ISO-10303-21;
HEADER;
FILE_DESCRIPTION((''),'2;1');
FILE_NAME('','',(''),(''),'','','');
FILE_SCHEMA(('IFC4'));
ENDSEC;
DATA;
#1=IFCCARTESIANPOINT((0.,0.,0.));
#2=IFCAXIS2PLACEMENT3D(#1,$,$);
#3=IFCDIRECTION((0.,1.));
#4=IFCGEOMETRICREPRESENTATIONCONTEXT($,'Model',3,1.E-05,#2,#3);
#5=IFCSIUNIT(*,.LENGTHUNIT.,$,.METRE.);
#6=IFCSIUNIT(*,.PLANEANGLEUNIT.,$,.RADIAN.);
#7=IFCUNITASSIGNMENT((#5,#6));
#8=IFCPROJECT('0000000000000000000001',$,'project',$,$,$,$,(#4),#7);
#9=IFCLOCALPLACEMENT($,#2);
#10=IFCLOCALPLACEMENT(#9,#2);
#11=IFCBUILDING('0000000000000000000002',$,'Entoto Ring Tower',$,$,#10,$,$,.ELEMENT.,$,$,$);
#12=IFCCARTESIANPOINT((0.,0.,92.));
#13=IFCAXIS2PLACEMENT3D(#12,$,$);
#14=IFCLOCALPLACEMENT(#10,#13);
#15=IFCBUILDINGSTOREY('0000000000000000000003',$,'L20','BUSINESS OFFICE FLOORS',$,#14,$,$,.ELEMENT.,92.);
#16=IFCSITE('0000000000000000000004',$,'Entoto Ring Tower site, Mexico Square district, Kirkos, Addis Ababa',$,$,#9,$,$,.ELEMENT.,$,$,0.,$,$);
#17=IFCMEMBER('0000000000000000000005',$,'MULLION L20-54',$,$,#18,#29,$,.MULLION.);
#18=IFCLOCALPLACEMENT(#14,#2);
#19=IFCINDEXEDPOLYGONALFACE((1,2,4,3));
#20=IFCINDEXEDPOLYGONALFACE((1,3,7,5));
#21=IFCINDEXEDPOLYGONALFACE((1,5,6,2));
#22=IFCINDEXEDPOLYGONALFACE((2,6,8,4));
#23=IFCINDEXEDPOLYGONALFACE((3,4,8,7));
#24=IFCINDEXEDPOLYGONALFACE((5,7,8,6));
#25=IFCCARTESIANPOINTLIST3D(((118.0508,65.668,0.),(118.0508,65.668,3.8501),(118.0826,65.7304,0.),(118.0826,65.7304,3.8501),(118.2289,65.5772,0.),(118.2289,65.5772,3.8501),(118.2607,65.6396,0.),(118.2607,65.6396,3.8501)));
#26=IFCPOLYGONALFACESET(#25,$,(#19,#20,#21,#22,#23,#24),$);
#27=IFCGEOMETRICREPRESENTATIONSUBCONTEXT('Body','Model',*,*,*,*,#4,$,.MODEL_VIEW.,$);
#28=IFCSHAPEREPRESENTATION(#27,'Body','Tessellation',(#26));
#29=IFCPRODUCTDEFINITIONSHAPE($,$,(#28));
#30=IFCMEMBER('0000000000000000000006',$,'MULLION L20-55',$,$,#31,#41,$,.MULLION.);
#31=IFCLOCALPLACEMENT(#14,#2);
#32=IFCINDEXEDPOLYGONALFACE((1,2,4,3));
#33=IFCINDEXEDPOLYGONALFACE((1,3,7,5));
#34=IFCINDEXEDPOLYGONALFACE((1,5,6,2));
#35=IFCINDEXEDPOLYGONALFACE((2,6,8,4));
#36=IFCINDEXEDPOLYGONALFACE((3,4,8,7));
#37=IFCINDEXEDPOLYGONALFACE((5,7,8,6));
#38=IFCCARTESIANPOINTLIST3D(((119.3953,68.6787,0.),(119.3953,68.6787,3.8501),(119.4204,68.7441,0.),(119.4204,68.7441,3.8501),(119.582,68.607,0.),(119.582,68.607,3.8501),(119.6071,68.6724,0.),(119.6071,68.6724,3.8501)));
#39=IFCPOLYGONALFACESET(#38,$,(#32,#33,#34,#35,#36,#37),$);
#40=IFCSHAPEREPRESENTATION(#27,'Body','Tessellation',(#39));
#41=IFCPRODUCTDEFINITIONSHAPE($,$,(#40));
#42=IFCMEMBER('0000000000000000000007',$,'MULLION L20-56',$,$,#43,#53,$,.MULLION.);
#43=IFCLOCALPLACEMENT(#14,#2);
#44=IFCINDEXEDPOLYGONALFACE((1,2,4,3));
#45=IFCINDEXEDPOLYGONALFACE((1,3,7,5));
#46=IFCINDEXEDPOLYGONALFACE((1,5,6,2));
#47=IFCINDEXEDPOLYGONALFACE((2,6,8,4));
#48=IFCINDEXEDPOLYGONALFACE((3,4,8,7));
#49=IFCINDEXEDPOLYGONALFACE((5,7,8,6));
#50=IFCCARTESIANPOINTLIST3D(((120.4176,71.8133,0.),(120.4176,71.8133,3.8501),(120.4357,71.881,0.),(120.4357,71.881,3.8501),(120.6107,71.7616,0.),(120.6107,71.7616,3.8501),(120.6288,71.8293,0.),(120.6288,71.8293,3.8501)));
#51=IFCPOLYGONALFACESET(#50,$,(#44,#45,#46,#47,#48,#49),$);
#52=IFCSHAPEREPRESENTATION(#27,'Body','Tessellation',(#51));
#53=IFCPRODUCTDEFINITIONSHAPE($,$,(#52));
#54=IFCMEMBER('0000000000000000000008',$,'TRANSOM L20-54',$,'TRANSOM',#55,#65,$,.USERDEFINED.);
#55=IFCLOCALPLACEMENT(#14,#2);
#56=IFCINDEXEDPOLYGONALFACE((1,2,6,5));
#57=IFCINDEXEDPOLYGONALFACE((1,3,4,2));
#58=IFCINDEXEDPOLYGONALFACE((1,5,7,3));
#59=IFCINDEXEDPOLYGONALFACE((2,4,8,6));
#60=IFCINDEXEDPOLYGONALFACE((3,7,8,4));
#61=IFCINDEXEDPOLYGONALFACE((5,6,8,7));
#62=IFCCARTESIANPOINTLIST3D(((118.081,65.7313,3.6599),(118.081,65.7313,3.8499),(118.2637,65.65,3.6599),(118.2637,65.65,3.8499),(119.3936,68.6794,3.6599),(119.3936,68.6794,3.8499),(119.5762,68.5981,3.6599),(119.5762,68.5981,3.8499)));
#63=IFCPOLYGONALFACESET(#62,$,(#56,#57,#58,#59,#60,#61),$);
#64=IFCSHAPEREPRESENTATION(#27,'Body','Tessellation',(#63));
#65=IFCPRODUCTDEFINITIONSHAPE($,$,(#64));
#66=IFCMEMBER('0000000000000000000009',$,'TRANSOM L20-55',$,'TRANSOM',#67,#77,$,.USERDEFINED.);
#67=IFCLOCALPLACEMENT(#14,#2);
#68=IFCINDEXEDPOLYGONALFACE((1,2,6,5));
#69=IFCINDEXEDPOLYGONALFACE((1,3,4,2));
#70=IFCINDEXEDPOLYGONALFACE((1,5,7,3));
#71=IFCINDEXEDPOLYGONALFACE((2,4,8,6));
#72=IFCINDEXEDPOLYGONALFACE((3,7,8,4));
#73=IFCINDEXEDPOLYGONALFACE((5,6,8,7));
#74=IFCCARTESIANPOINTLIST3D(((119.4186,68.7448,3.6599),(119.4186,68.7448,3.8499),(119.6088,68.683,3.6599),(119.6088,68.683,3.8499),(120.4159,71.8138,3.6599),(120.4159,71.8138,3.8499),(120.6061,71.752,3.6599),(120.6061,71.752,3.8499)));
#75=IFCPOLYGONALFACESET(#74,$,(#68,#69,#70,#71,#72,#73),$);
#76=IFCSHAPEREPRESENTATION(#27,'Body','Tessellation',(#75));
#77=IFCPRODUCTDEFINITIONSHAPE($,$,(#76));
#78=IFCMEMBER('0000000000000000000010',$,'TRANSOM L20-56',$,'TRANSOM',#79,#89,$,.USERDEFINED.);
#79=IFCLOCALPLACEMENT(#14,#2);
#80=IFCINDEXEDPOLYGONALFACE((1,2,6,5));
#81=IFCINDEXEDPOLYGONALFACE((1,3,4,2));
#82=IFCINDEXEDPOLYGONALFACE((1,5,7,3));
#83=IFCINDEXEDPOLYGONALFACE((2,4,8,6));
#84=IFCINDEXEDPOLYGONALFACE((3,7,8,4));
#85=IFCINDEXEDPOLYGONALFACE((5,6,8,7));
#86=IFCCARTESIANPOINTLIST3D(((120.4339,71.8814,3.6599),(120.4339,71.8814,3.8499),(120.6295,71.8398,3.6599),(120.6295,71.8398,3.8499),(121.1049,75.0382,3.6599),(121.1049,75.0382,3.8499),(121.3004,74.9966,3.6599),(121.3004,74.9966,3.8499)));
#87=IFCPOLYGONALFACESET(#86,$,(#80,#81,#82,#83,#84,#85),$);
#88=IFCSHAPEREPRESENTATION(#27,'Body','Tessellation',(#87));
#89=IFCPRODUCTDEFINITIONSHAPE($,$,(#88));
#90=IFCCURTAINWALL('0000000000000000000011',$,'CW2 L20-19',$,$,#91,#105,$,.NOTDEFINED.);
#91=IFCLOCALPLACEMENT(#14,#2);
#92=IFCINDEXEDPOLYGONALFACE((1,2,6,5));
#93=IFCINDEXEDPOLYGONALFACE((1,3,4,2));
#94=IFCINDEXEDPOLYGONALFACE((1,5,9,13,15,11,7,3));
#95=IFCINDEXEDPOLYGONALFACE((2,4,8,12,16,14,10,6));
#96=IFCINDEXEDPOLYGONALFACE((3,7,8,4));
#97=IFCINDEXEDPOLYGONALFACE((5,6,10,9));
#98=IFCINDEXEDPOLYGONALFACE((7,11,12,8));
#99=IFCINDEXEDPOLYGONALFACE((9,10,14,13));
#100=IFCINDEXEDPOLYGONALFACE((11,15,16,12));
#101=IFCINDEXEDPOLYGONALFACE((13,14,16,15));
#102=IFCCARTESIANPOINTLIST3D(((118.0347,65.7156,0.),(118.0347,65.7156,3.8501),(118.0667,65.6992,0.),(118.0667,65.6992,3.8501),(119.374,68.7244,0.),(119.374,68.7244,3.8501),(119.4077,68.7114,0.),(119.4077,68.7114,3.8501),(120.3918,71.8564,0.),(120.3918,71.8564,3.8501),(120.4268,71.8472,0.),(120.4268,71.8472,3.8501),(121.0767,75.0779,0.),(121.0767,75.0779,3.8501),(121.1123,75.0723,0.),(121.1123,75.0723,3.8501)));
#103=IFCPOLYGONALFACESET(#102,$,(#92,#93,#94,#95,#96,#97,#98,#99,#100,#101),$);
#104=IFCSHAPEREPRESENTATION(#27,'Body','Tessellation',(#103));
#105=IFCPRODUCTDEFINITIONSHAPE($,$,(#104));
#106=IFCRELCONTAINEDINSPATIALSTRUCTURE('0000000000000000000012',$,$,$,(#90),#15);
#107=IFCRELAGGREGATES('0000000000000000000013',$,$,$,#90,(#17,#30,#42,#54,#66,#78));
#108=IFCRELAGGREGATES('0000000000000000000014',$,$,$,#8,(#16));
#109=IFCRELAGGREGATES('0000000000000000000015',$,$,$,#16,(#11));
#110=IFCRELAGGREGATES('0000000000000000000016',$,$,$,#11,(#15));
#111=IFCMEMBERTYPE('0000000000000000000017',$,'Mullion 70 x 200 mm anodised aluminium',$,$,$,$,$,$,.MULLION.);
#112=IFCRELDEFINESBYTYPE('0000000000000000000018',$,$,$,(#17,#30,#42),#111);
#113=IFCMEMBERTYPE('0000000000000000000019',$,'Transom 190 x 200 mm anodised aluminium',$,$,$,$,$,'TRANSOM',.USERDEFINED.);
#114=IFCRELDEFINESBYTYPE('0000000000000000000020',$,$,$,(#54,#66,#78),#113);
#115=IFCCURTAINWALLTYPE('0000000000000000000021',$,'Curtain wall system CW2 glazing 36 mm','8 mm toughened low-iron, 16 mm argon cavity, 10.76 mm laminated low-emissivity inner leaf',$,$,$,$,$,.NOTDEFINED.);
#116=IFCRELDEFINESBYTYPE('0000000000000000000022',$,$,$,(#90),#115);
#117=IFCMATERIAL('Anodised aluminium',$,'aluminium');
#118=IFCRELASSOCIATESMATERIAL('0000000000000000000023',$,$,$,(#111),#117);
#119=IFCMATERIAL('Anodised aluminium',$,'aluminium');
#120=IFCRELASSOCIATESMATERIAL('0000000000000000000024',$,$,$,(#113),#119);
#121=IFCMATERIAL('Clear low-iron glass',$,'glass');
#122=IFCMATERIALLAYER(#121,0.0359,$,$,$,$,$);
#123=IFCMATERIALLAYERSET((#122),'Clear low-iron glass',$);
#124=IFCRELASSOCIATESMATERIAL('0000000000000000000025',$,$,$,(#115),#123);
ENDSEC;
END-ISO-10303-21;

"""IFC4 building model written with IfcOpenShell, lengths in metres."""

from ifc_helpers import new_model, si_unit, direction, frame, origin, origin_2d, place, context, subcontext, project, spatial, polyline, rectangle, outline, extrude, material, layer, layer_set, material_profile, profile_set, type_object, element, aggregate, save


model = new_model("IFC4")

# Units and contexts
model_context = context("Model", 3, precision=1e-05, world=origin(), true_north=direction((0.0, 1.0)))
body_context = subcontext(model_context, "Body", "Model", "MODEL_VIEW")
ifc_project = project(units=[si_unit("LENGTHUNIT", "METRE"), si_unit("PLANEANGLEUNIT", "RADIAN")], contexts=[model_context])

# Members
ifc_material_1 = material(Name="Anodised aluminium", Category="aluminium")
ifc_material_profile_1 = material_profile(ifc_material_1, rectangle(XDim=0.0701, YDim=0.2, at=origin_2d()), Name="Mullion 70 x 200 mm anodised aluminium")
ifc_profile_set_1 = profile_set([ifc_material_profile_1], Name="Anodised aluminium")
member_type_1 = type_object("IfcMemberType", Name="Mullion 70 x 200 mm anodised aluminium", PredefinedType="MULLION", material=ifc_profile_set_1)
site_placement = place(None, origin())
building_placement = place(site_placement, origin())
storey_placement = place(building_placement, frame((0.0, 0.0, 92.0)))
member_1_placement = place(storey_placement, frame((118.1558, 65.6538, 0.0), z_axis=(0.0, 0.0, 1.0), x_axis=(0.45399, 0.891007, 0.0)))
member_1 = element("IfcMember", 1, at=member_1_placement, type_object=member_type_1, Name="MULLION L20-54", PredefinedType="MULLION", context=body_context, shape_type="SweptSolid", body=[
    extrude(rectangle(XDim=0.0701, YDim=0.2, at=origin_2d()), origin(), (0.0, 0.0, 1.0), 3.8501),
])
member_2_placement = place(storey_placement, frame((119.5012, 68.6755, 0.0), z_axis=(0.0, 0.0, 1.0), x_axis=(0.358368, 0.93358, 0.0)))
member_2 = element("IfcMember", 2, at=member_2_placement, type_object=member_type_1, Name="MULLION L20-55", PredefinedType="MULLION", context=body_context, shape_type="SweptSolid", body=[
    extrude(rectangle(XDim=0.0701, YDim=0.2, at=origin_2d()), origin(), (0.0, 0.0, 1.0), 3.8501),
])
member_3_placement = place(storey_placement, frame((120.5232, 71.8213, 0.0), z_axis=(0.0, 0.0, 1.0), x_axis=(0.258819, 0.965926, 0.0)))
member_3 = element("IfcMember", 3, at=member_3_placement, type_object=member_type_1, Name="MULLION L20-56", PredefinedType="MULLION", context=body_context, shape_type="SweptSolid", body=[
    extrude(rectangle(XDim=0.0701, YDim=0.2, at=origin_2d()), origin(), (0.0, 0.0, 1.0), 3.8501),
])
ifc_material_2 = material(Name="Anodised aluminium", Category="aluminium")
ifc_material_profile_2 = material_profile(ifc_material_2, rectangle(XDim=0.2, YDim=0.1899, at=origin_2d()), Name="Transom 190 x 200 mm anodised aluminium")
ifc_profile_set_2 = profile_set([ifc_material_profile_2], Name="Anodised aluminium")
member_type_2 = type_object("IfcMemberType", Name="Transom 190 x 200 mm anodised aluminium", ElementType="TRANSOM", PredefinedType="USERDEFINED", material=ifc_profile_set_2)
member_4_placement = place(storey_placement, frame((118.1724, 65.6907, 3.7549), z_axis=(0.406728, 0.913549, 0.0), x_axis=(-0.913549, 0.406728, 0.0)))
member_4 = element("IfcMember", 4, at=member_4_placement, type_object=member_type_2, Name="TRANSOM L20-54", ObjectType="TRANSOM", PredefinedType="USERDEFINED", context=body_context, shape_type="SweptSolid", body=[
    extrude(rectangle(XDim=0.2, YDim=0.1899, at=origin_2d()), origin(), (0.0, 0.0, 1.0), 3.2271),
])
member_5_placement = place(storey_placement, frame((119.5137, 68.7139, 3.7549), z_axis=(0.309047, 0.951047, 0.0), x_axis=(-0.951047, 0.309047, 0.0)))
member_5 = element("IfcMember", 5, at=member_5_placement, type_object=member_type_2, Name="TRANSOM L20-55", ObjectType="TRANSOM", PredefinedType="USERDEFINED", context=body_context, shape_type="SweptSolid", body=[
    extrude(rectangle(XDim=0.2, YDim=0.1899, at=origin_2d()), origin(), (0.0, 0.0, 1.0), 3.2271),
])
member_6_placement = place(storey_placement, frame((120.5317, 71.8606, 3.7549), z_axis=(0.207886, 0.978153, 0.0), x_axis=(-0.978153, 0.207886, 0.0)))
member_6 = element("IfcMember", 6, at=member_6_placement, type_object=member_type_2, Name="TRANSOM L20-56", ObjectType="TRANSOM", PredefinedType="USERDEFINED", context=body_context, shape_type="SweptSolid", body=[
    extrude(rectangle(XDim=0.2, YDim=0.1899, at=origin_2d()), origin(), (0.0, 0.0, 1.0), 3.2273),
])

# Site, building, storey
site = spatial("IfcSite", under=ifc_project, at=site_placement, Name="Entoto Ring Tower site, Mexico Square district, Kirkos, Addis Ababa", CompositionType="ELEMENT", RefElevation=0.0)
building = spatial("IfcBuilding", under=site, at=building_placement, Name="Entoto Ring Tower", CompositionType="ELEMENT")
storey = spatial("IfcBuildingStorey", under=building, at=storey_placement, Name="L20", Description="BUSINESS OFFICE FLOORS", CompositionType="ELEMENT", Elevation=92.0)

# Curtain wall
ifc_material_3 = material(Name="Clear low-iron glass", Category="glass")
ifc_layer_1 = layer(ifc_material_3, 0.0359)
ifc_layer_set_1 = layer_set([ifc_layer_1], Name="Clear low-iron glass")
curtain_wall_type = type_object("IfcCurtainWallType", Name="Curtain wall system CW2 glazing 36 mm", Description="8 mm toughened low-iron, 16 mm argon cavity, 10.76 mm laminated low-emissivity inner leaf", PredefinedType="NOTDEFINED", material=ifc_layer_set_1)
curtain_wall_1_placement = place(storey_placement, origin())
curtain_wall_1 = element("IfcCurtainWall", 7, at=curtain_wall_1_placement, inside=storey, type_object=curtain_wall_type, Name="CW2 L20-19", PredefinedType="NOTDEFINED", context=body_context, shape_type="SweptSolid", body=[
    extrude(outline(polyline([(118.0667, 65.6992), (119.4077, 68.7114), (120.4268, 71.8472), (121.1123, 75.0723), (121.0767, 75.0779), (120.3918, 71.8564), (119.374, 68.7244), (118.0347, 65.7156), (118.0667, 65.6992)])), origin(), (0.0, 0.0, 1.0), 3.8501),
])
aggregate(curtain_wall_1, [member_1, member_2, member_3, member_4, member_5, member_6])

save(model, "model.ifc")
